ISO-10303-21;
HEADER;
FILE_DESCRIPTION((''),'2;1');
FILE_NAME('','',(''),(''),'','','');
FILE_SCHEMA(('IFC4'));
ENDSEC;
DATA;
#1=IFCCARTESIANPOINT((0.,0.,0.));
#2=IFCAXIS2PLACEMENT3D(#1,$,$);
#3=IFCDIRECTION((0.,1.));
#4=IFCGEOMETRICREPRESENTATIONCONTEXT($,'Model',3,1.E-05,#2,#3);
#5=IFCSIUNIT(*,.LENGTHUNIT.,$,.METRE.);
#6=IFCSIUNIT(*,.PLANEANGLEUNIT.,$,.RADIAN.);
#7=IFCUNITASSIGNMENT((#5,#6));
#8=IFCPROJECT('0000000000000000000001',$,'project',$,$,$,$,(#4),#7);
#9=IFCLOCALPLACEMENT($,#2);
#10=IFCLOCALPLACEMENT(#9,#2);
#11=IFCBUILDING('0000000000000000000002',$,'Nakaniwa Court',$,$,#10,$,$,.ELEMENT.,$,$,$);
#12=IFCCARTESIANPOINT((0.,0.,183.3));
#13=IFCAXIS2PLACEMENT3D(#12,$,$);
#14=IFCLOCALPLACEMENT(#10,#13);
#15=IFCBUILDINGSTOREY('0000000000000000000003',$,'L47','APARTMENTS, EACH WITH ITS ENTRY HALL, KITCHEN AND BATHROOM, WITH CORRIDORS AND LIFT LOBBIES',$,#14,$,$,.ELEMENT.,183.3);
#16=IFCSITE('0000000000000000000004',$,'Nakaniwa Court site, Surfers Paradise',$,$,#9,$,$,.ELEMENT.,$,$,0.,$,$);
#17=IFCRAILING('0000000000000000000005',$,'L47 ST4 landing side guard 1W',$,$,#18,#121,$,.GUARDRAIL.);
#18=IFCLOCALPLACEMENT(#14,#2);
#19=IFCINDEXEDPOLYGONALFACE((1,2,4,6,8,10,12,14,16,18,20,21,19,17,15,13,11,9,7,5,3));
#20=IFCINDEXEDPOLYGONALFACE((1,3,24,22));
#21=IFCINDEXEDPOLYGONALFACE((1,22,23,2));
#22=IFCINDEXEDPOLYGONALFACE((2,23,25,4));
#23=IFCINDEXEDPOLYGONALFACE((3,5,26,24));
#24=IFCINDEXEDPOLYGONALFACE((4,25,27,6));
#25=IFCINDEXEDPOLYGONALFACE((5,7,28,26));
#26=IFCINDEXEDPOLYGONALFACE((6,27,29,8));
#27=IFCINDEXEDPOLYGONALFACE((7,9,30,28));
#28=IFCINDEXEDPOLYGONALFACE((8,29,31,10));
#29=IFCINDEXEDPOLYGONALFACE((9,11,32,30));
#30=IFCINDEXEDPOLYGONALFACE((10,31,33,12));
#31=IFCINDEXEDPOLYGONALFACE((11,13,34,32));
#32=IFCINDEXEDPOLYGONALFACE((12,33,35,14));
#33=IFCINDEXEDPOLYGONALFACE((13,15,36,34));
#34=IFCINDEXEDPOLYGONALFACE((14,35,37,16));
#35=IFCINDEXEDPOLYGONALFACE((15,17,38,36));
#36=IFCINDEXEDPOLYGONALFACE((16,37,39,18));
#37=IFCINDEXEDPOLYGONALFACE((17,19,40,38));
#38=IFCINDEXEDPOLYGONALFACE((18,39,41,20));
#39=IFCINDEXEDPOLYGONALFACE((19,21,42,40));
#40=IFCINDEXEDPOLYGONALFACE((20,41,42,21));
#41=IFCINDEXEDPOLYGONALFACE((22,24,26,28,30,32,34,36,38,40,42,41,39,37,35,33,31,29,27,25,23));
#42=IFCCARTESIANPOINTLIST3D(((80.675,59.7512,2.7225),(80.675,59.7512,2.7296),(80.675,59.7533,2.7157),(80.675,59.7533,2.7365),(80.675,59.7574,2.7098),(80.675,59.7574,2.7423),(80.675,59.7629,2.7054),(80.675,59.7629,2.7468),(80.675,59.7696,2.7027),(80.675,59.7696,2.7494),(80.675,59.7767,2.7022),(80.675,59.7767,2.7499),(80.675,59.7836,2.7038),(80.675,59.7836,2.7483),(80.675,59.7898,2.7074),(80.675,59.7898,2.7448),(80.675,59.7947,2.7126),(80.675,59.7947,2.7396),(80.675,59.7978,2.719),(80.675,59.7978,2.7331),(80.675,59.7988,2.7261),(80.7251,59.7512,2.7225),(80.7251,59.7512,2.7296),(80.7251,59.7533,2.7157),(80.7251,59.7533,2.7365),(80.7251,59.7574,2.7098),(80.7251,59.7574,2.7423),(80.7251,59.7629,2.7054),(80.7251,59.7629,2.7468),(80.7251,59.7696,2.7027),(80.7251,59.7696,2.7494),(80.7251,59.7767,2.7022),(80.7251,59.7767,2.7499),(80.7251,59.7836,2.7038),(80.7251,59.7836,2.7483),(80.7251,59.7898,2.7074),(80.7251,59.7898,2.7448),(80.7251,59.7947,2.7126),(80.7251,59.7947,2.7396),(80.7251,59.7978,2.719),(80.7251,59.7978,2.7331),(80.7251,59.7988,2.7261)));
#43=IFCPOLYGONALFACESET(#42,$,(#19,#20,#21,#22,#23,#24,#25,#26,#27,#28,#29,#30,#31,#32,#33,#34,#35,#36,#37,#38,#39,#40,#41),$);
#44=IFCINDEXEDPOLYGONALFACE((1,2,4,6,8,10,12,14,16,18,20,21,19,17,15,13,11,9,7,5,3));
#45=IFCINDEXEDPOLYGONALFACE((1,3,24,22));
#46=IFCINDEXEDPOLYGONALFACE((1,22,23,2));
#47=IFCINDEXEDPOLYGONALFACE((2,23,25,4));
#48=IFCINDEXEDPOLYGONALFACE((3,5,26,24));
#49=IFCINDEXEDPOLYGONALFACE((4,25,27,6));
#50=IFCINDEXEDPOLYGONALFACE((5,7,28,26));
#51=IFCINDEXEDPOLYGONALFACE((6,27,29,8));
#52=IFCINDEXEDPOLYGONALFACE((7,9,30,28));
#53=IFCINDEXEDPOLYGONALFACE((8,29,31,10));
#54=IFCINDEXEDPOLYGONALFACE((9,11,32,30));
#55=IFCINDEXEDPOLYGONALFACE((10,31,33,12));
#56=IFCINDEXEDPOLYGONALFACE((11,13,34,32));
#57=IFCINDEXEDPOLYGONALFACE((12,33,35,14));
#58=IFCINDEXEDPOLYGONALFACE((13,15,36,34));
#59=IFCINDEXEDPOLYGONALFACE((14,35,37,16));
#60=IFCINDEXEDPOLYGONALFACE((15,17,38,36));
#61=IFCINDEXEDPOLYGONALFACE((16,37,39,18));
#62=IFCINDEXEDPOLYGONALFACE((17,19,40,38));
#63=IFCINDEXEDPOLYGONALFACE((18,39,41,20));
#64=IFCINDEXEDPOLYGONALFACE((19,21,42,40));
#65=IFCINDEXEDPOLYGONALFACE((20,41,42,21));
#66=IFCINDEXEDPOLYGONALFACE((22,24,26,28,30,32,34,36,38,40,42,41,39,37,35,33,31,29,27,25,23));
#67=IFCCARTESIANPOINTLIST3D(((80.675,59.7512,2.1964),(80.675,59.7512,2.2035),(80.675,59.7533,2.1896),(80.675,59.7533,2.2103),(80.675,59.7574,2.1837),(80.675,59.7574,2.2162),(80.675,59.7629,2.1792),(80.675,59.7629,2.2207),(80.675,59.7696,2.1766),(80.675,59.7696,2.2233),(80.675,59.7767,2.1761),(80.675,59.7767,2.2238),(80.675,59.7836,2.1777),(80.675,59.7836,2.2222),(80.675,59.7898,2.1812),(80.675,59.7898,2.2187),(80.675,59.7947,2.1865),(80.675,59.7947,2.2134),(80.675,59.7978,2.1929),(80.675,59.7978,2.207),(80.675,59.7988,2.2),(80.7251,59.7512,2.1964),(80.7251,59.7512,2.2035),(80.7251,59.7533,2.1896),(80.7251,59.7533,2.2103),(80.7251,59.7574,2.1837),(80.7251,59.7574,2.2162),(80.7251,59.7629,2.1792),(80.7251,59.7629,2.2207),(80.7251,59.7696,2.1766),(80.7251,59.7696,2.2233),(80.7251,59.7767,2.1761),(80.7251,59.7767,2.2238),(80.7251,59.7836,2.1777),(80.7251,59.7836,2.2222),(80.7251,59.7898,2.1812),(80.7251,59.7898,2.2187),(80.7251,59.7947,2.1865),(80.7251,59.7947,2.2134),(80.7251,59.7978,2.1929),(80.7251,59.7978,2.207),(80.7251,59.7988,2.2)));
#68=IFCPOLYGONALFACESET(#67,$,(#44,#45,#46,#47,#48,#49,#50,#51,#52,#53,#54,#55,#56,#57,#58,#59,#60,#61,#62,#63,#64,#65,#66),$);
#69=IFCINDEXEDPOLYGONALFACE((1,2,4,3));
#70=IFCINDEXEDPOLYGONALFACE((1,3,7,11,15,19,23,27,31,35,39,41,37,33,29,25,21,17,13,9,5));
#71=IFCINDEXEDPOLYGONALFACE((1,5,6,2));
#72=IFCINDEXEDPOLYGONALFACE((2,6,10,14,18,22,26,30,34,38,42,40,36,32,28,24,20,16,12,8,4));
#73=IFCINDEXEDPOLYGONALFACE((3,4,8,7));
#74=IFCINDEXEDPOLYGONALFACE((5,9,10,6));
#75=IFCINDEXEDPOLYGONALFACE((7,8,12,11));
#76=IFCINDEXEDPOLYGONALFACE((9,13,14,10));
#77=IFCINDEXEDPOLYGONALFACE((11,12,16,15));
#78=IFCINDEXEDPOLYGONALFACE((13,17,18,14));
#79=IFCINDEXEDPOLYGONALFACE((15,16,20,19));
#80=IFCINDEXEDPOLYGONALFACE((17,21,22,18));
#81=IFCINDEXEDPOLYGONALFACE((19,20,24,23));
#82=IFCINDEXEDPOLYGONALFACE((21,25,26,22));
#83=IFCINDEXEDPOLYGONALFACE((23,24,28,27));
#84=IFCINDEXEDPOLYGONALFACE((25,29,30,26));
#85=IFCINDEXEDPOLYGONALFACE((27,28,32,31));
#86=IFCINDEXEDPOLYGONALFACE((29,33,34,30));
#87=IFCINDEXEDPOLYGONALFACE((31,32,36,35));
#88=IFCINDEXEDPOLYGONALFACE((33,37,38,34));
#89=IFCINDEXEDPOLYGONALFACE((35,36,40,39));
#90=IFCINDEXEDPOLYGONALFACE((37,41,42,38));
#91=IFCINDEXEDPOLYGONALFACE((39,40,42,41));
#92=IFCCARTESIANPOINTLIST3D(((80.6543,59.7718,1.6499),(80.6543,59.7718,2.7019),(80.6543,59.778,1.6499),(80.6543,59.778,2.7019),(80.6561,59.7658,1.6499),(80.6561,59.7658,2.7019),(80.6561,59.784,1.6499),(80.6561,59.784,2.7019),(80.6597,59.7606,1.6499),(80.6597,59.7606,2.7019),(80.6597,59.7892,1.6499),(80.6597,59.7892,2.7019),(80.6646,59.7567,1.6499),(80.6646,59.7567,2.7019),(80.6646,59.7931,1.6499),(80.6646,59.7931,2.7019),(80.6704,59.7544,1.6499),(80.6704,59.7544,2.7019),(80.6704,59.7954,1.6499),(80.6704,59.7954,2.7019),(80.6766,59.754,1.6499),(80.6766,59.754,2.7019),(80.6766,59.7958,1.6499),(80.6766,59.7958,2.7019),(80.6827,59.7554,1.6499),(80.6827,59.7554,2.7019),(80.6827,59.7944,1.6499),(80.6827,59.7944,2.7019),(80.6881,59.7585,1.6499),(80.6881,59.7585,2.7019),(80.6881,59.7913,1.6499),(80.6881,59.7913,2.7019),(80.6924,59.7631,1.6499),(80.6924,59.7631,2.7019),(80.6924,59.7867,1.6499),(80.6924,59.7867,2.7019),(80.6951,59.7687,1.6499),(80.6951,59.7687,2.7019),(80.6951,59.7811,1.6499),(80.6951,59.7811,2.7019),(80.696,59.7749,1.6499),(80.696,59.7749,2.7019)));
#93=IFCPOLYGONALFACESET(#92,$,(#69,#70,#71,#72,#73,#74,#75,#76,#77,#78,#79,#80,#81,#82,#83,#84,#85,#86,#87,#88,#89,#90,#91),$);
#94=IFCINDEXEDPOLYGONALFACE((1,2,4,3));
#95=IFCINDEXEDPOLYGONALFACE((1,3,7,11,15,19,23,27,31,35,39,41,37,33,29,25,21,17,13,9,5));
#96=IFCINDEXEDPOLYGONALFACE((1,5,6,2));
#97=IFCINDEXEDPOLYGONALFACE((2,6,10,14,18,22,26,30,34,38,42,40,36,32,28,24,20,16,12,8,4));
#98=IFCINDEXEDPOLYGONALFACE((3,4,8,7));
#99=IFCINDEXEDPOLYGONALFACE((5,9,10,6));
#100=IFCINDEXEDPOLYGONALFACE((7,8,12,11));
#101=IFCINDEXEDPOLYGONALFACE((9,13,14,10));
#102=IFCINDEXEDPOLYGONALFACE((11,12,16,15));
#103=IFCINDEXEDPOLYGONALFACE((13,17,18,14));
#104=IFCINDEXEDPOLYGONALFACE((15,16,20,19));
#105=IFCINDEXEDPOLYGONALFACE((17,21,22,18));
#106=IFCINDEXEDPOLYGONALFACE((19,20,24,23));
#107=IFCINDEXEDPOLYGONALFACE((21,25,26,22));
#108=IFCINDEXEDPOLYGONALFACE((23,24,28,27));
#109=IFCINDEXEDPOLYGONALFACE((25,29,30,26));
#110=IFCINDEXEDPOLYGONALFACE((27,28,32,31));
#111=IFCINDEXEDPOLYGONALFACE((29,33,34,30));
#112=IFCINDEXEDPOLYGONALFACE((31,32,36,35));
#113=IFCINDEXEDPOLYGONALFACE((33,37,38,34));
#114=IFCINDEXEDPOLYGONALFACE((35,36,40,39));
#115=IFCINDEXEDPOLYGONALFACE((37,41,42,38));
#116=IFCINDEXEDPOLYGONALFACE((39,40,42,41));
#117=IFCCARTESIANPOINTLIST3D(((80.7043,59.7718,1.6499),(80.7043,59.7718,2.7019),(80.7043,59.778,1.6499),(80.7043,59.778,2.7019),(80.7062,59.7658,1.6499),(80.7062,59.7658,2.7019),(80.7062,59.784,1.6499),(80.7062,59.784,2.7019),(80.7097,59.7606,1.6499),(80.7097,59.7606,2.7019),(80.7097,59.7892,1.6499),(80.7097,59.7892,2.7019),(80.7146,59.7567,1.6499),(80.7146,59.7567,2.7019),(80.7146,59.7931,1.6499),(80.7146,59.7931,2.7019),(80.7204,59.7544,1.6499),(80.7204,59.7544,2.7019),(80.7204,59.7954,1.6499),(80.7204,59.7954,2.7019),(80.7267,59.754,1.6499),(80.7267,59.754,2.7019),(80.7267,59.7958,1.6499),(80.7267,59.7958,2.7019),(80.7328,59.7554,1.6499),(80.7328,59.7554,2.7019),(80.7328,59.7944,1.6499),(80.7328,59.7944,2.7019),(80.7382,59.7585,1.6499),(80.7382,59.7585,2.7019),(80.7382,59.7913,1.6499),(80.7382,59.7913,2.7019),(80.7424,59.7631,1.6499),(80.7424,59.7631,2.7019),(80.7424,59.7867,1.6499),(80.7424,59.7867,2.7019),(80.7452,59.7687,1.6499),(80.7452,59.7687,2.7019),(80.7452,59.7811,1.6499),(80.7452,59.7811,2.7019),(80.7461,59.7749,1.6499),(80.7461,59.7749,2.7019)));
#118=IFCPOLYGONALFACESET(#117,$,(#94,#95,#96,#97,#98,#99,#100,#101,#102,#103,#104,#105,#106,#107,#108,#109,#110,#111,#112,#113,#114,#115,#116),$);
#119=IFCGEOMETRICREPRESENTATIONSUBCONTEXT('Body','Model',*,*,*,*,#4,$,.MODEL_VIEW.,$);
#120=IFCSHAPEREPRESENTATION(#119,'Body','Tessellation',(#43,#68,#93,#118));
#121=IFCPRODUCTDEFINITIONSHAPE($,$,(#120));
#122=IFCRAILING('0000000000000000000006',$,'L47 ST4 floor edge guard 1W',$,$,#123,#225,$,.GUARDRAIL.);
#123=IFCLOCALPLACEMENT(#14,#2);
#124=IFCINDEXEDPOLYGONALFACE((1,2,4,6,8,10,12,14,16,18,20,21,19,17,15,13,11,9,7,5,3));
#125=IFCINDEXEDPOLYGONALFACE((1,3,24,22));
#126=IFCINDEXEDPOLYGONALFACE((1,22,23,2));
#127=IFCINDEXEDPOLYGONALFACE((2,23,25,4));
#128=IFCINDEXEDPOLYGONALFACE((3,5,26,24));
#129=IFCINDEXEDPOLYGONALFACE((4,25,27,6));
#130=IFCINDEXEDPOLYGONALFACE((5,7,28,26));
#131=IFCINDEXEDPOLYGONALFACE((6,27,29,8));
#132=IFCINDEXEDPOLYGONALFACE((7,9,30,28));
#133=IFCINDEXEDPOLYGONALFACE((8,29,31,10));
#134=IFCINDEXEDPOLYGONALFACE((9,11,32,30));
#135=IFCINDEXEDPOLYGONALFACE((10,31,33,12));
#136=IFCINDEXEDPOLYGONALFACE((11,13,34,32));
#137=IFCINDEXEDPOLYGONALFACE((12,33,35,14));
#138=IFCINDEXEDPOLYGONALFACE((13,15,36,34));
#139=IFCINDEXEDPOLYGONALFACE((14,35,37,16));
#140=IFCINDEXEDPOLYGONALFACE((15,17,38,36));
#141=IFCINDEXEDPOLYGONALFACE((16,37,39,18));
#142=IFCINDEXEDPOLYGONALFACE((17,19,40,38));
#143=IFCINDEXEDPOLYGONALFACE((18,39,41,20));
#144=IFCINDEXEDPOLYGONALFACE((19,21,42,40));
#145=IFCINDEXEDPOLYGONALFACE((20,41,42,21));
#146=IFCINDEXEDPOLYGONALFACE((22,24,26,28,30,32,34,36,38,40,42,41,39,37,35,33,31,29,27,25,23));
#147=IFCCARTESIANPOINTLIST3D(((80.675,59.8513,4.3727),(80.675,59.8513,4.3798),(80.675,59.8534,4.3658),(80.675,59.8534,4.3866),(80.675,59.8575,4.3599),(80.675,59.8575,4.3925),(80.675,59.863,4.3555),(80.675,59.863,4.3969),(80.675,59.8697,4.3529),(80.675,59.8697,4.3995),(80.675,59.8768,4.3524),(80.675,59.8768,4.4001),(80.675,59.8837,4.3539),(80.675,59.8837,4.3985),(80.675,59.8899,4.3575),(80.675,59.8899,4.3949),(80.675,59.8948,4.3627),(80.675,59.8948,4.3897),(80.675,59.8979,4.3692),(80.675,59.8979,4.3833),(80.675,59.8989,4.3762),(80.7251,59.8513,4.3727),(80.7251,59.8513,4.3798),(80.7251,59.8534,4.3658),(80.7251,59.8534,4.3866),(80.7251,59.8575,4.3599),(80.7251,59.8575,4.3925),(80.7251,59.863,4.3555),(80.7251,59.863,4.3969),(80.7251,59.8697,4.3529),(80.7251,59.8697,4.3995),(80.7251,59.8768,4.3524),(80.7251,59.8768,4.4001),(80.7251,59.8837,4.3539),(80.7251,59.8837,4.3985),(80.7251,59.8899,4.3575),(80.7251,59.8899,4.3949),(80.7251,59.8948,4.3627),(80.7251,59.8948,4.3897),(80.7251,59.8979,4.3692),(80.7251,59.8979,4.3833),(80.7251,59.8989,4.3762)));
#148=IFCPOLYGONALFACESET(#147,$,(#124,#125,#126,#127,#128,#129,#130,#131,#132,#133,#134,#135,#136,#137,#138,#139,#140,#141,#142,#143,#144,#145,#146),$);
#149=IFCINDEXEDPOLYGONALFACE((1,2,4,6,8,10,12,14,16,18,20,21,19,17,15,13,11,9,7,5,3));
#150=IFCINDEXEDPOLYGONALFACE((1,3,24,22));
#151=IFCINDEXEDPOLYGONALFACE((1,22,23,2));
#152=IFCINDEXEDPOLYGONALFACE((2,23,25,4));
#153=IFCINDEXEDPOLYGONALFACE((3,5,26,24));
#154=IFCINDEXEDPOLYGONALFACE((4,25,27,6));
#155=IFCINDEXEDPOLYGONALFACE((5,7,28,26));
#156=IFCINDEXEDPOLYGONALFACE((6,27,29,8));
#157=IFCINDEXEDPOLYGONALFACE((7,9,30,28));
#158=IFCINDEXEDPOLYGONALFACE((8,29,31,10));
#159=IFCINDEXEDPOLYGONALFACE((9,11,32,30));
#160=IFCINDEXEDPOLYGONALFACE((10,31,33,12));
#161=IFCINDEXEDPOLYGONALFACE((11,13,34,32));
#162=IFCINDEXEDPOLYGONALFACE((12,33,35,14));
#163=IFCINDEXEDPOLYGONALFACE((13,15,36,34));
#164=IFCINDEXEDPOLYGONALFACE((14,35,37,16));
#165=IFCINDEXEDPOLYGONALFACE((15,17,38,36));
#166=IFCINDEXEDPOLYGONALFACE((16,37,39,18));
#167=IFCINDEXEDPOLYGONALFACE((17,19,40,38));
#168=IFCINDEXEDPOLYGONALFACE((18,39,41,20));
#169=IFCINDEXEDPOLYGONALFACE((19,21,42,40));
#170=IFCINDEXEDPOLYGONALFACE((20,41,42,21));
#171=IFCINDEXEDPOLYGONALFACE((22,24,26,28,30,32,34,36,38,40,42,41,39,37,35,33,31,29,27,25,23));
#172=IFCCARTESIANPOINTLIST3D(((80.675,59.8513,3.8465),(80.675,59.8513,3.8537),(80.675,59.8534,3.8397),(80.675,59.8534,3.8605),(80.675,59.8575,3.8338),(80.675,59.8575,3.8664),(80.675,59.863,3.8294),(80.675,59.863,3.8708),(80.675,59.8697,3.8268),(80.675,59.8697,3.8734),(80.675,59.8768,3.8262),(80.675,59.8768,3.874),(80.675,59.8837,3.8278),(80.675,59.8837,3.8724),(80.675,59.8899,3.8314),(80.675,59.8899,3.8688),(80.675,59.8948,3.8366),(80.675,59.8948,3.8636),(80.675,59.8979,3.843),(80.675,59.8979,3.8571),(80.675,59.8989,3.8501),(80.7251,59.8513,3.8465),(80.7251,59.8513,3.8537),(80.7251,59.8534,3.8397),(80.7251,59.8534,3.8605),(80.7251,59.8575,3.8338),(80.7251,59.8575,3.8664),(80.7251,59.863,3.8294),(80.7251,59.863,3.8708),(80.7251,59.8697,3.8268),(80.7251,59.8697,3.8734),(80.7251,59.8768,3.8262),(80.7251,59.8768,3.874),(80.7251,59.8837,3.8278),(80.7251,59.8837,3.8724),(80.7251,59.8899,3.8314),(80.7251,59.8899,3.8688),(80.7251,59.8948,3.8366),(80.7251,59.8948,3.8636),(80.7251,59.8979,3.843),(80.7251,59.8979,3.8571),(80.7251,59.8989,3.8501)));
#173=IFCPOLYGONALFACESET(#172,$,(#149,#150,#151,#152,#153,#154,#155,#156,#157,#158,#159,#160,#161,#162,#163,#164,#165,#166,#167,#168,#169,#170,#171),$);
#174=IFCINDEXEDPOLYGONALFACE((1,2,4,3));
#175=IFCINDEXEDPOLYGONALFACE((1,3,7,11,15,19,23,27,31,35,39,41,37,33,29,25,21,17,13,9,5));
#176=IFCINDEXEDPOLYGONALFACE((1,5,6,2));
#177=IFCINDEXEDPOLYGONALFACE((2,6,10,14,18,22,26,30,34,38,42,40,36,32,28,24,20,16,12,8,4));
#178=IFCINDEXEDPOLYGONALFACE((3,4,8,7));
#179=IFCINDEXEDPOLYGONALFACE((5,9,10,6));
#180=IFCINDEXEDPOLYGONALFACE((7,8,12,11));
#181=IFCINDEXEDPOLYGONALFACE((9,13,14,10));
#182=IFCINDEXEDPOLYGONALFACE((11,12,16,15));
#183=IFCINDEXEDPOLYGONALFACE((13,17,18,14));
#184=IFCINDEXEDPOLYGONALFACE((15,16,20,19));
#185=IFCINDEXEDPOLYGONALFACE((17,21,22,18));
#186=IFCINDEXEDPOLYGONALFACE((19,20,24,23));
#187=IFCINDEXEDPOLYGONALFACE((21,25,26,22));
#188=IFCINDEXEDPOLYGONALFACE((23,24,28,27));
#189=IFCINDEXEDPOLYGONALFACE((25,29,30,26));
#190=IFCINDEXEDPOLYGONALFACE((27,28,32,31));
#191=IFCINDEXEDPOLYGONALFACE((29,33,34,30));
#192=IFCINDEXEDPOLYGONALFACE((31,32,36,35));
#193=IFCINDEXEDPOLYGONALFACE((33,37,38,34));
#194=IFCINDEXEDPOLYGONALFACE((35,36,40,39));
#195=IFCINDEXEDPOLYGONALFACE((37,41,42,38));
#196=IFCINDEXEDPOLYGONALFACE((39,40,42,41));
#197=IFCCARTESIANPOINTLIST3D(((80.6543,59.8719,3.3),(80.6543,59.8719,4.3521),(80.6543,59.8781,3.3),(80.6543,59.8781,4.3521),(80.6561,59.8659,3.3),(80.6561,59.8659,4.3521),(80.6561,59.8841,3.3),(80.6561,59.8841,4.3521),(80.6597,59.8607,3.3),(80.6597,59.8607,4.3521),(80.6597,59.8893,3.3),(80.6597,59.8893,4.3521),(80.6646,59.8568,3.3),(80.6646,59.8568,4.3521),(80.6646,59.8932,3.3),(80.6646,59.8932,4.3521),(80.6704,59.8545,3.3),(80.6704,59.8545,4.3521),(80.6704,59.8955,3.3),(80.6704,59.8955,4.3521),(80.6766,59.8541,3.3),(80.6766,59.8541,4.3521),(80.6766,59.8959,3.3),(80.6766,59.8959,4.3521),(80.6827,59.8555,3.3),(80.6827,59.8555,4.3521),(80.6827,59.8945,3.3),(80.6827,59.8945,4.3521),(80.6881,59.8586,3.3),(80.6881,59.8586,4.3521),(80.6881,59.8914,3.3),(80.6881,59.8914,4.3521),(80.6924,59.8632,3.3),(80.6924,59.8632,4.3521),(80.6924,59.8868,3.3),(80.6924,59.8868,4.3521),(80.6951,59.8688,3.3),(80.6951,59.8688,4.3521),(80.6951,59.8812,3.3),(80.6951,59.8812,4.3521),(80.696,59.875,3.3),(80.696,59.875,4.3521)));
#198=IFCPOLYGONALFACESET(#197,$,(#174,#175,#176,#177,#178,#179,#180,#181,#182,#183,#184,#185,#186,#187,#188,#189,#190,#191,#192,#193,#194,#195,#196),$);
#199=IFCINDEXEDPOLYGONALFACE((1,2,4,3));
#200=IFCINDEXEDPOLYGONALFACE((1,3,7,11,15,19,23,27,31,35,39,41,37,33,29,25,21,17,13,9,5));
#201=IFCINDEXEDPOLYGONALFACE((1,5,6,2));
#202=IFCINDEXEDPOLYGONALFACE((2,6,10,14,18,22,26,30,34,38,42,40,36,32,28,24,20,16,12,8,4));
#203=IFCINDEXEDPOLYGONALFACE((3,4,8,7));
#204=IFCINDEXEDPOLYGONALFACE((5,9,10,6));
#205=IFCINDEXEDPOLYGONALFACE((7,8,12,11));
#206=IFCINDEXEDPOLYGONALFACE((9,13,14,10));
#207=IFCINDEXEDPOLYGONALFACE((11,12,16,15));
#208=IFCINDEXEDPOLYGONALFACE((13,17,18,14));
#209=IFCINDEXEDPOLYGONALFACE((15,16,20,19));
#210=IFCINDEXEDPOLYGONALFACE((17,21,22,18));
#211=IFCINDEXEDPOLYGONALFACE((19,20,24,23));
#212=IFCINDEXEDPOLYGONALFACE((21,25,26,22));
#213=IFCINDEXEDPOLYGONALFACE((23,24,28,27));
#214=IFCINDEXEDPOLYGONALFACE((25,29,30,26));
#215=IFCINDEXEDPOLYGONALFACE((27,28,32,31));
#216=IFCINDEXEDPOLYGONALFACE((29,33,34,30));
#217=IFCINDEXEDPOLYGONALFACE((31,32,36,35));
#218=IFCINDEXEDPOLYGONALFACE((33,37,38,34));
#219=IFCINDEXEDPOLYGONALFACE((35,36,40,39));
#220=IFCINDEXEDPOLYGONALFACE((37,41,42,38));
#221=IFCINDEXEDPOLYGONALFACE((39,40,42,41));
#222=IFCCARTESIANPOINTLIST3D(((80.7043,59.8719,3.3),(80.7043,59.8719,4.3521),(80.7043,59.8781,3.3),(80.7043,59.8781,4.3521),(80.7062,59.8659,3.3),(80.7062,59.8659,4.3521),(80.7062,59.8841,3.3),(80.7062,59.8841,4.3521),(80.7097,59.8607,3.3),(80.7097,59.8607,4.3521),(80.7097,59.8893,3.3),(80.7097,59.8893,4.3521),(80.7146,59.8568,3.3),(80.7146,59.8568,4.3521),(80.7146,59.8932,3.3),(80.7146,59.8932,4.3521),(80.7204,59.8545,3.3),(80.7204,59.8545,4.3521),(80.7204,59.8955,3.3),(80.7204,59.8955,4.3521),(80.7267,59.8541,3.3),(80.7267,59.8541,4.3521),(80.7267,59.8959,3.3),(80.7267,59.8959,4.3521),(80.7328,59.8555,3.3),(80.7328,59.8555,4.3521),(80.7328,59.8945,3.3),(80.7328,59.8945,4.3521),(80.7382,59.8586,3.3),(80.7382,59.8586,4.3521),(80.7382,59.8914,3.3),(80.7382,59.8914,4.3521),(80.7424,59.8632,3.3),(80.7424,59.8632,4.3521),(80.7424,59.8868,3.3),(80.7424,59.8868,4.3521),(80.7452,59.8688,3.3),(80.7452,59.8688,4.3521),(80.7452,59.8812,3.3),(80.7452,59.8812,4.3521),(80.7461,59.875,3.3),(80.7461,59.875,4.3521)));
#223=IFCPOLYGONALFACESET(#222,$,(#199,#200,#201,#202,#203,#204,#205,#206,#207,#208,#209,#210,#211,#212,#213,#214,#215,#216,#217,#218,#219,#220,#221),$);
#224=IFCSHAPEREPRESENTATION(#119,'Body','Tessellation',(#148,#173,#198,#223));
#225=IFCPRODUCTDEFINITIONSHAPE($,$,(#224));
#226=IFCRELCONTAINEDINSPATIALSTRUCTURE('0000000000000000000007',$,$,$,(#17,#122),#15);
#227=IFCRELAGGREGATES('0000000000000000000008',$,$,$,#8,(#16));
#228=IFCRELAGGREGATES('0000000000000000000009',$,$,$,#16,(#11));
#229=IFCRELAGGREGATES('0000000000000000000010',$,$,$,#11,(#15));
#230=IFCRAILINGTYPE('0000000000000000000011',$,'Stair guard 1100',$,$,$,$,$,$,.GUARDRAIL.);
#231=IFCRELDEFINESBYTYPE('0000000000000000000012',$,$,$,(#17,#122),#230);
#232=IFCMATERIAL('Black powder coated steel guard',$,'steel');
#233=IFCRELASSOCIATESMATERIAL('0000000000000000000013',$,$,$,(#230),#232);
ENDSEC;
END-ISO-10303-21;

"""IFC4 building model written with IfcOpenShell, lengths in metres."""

from ifc_helpers import new_model, si_unit, direction, frame, origin, origin_2d, place, context, subcontext, project, spatial, circle, extrude, material, type_object, element, save


model = new_model("IFC4")

# Units and contexts
model_context = context("Model", 3, precision=1e-05, world=origin(), true_north=direction((0.0, 1.0)))
body_context = subcontext(model_context, "Body", "Model", "MODEL_VIEW")
ifc_project = project(units=[si_unit("LENGTHUNIT", "METRE"), si_unit("PLANEANGLEUNIT", "RADIAN")], contexts=[model_context])

# Site, building, storey
site_placement = place(None, origin())
site = spatial("IfcSite", under=ifc_project, at=site_placement, Name="Nakaniwa Court site, Surfers Paradise", CompositionType="ELEMENT", RefElevation=0.0)
building_placement = place(site_placement, origin())
building = spatial("IfcBuilding", under=site, at=building_placement, Name="Nakaniwa Court", CompositionType="ELEMENT")
storey_placement = place(building_placement, frame((0.0, 0.0, 183.3)))
storey = spatial("IfcBuildingStorey", under=building, at=storey_placement, Name="L47", Description="APARTMENTS, EACH WITH ITS ENTRY HALL, KITCHEN AND BATHROOM, WITH CORRIDORS AND LIFT LOBBIES", CompositionType="ELEMENT", Elevation=183.3)

# Railings
ifc_material_1 = material(Name="Black powder coated steel guard", Category="steel")
railing_type_1 = type_object("IfcRailingType", Name="Stair guard 1100", PredefinedType="GUARDRAIL", material=ifc_material_1)
for number, where, name in (
    (1, (80.675, 59.7749, 1.6499), "L47 ST4 landing side guard 1W"),
    (2, (80.675, 59.875, 3.3), "L47 ST4 floor edge guard 1W"),
):
    element("IfcRailing", number, at=place(storey_placement, frame(where)), inside=storey, type_object=railing_type_1, Name=name, PredefinedType="GUARDRAIL", context=body_context, shape_type="SweptSolid", body=[
        extrude(circle(Radius=0.0239, at=origin_2d()), frame((0.0, 0.0, 1.0762), z_axis=(1.0, 0.0, 0.0), x_axis=(0.0, 1.0, 0.0)), (0.0, 0.0, 1.0), 0.05),
        extrude(circle(Radius=0.0239, at=origin_2d()), frame((0.0, 0.0, 0.55), z_axis=(1.0, 0.0, 0.0), x_axis=(0.0, 1.0, 0.0)), (0.0, 0.0, 1.0), 0.05),
        extrude(circle(Radius=0.021, at=origin_2d()), origin(), (0.0, 0.0, 1.0), 1.052),
        extrude(circle(Radius=0.021, at=origin_2d()), frame((0.05, 0.0, 0.0)), (0.0, 0.0, 1.0), 1.052),
    ])

save(model, "model.ifc")
